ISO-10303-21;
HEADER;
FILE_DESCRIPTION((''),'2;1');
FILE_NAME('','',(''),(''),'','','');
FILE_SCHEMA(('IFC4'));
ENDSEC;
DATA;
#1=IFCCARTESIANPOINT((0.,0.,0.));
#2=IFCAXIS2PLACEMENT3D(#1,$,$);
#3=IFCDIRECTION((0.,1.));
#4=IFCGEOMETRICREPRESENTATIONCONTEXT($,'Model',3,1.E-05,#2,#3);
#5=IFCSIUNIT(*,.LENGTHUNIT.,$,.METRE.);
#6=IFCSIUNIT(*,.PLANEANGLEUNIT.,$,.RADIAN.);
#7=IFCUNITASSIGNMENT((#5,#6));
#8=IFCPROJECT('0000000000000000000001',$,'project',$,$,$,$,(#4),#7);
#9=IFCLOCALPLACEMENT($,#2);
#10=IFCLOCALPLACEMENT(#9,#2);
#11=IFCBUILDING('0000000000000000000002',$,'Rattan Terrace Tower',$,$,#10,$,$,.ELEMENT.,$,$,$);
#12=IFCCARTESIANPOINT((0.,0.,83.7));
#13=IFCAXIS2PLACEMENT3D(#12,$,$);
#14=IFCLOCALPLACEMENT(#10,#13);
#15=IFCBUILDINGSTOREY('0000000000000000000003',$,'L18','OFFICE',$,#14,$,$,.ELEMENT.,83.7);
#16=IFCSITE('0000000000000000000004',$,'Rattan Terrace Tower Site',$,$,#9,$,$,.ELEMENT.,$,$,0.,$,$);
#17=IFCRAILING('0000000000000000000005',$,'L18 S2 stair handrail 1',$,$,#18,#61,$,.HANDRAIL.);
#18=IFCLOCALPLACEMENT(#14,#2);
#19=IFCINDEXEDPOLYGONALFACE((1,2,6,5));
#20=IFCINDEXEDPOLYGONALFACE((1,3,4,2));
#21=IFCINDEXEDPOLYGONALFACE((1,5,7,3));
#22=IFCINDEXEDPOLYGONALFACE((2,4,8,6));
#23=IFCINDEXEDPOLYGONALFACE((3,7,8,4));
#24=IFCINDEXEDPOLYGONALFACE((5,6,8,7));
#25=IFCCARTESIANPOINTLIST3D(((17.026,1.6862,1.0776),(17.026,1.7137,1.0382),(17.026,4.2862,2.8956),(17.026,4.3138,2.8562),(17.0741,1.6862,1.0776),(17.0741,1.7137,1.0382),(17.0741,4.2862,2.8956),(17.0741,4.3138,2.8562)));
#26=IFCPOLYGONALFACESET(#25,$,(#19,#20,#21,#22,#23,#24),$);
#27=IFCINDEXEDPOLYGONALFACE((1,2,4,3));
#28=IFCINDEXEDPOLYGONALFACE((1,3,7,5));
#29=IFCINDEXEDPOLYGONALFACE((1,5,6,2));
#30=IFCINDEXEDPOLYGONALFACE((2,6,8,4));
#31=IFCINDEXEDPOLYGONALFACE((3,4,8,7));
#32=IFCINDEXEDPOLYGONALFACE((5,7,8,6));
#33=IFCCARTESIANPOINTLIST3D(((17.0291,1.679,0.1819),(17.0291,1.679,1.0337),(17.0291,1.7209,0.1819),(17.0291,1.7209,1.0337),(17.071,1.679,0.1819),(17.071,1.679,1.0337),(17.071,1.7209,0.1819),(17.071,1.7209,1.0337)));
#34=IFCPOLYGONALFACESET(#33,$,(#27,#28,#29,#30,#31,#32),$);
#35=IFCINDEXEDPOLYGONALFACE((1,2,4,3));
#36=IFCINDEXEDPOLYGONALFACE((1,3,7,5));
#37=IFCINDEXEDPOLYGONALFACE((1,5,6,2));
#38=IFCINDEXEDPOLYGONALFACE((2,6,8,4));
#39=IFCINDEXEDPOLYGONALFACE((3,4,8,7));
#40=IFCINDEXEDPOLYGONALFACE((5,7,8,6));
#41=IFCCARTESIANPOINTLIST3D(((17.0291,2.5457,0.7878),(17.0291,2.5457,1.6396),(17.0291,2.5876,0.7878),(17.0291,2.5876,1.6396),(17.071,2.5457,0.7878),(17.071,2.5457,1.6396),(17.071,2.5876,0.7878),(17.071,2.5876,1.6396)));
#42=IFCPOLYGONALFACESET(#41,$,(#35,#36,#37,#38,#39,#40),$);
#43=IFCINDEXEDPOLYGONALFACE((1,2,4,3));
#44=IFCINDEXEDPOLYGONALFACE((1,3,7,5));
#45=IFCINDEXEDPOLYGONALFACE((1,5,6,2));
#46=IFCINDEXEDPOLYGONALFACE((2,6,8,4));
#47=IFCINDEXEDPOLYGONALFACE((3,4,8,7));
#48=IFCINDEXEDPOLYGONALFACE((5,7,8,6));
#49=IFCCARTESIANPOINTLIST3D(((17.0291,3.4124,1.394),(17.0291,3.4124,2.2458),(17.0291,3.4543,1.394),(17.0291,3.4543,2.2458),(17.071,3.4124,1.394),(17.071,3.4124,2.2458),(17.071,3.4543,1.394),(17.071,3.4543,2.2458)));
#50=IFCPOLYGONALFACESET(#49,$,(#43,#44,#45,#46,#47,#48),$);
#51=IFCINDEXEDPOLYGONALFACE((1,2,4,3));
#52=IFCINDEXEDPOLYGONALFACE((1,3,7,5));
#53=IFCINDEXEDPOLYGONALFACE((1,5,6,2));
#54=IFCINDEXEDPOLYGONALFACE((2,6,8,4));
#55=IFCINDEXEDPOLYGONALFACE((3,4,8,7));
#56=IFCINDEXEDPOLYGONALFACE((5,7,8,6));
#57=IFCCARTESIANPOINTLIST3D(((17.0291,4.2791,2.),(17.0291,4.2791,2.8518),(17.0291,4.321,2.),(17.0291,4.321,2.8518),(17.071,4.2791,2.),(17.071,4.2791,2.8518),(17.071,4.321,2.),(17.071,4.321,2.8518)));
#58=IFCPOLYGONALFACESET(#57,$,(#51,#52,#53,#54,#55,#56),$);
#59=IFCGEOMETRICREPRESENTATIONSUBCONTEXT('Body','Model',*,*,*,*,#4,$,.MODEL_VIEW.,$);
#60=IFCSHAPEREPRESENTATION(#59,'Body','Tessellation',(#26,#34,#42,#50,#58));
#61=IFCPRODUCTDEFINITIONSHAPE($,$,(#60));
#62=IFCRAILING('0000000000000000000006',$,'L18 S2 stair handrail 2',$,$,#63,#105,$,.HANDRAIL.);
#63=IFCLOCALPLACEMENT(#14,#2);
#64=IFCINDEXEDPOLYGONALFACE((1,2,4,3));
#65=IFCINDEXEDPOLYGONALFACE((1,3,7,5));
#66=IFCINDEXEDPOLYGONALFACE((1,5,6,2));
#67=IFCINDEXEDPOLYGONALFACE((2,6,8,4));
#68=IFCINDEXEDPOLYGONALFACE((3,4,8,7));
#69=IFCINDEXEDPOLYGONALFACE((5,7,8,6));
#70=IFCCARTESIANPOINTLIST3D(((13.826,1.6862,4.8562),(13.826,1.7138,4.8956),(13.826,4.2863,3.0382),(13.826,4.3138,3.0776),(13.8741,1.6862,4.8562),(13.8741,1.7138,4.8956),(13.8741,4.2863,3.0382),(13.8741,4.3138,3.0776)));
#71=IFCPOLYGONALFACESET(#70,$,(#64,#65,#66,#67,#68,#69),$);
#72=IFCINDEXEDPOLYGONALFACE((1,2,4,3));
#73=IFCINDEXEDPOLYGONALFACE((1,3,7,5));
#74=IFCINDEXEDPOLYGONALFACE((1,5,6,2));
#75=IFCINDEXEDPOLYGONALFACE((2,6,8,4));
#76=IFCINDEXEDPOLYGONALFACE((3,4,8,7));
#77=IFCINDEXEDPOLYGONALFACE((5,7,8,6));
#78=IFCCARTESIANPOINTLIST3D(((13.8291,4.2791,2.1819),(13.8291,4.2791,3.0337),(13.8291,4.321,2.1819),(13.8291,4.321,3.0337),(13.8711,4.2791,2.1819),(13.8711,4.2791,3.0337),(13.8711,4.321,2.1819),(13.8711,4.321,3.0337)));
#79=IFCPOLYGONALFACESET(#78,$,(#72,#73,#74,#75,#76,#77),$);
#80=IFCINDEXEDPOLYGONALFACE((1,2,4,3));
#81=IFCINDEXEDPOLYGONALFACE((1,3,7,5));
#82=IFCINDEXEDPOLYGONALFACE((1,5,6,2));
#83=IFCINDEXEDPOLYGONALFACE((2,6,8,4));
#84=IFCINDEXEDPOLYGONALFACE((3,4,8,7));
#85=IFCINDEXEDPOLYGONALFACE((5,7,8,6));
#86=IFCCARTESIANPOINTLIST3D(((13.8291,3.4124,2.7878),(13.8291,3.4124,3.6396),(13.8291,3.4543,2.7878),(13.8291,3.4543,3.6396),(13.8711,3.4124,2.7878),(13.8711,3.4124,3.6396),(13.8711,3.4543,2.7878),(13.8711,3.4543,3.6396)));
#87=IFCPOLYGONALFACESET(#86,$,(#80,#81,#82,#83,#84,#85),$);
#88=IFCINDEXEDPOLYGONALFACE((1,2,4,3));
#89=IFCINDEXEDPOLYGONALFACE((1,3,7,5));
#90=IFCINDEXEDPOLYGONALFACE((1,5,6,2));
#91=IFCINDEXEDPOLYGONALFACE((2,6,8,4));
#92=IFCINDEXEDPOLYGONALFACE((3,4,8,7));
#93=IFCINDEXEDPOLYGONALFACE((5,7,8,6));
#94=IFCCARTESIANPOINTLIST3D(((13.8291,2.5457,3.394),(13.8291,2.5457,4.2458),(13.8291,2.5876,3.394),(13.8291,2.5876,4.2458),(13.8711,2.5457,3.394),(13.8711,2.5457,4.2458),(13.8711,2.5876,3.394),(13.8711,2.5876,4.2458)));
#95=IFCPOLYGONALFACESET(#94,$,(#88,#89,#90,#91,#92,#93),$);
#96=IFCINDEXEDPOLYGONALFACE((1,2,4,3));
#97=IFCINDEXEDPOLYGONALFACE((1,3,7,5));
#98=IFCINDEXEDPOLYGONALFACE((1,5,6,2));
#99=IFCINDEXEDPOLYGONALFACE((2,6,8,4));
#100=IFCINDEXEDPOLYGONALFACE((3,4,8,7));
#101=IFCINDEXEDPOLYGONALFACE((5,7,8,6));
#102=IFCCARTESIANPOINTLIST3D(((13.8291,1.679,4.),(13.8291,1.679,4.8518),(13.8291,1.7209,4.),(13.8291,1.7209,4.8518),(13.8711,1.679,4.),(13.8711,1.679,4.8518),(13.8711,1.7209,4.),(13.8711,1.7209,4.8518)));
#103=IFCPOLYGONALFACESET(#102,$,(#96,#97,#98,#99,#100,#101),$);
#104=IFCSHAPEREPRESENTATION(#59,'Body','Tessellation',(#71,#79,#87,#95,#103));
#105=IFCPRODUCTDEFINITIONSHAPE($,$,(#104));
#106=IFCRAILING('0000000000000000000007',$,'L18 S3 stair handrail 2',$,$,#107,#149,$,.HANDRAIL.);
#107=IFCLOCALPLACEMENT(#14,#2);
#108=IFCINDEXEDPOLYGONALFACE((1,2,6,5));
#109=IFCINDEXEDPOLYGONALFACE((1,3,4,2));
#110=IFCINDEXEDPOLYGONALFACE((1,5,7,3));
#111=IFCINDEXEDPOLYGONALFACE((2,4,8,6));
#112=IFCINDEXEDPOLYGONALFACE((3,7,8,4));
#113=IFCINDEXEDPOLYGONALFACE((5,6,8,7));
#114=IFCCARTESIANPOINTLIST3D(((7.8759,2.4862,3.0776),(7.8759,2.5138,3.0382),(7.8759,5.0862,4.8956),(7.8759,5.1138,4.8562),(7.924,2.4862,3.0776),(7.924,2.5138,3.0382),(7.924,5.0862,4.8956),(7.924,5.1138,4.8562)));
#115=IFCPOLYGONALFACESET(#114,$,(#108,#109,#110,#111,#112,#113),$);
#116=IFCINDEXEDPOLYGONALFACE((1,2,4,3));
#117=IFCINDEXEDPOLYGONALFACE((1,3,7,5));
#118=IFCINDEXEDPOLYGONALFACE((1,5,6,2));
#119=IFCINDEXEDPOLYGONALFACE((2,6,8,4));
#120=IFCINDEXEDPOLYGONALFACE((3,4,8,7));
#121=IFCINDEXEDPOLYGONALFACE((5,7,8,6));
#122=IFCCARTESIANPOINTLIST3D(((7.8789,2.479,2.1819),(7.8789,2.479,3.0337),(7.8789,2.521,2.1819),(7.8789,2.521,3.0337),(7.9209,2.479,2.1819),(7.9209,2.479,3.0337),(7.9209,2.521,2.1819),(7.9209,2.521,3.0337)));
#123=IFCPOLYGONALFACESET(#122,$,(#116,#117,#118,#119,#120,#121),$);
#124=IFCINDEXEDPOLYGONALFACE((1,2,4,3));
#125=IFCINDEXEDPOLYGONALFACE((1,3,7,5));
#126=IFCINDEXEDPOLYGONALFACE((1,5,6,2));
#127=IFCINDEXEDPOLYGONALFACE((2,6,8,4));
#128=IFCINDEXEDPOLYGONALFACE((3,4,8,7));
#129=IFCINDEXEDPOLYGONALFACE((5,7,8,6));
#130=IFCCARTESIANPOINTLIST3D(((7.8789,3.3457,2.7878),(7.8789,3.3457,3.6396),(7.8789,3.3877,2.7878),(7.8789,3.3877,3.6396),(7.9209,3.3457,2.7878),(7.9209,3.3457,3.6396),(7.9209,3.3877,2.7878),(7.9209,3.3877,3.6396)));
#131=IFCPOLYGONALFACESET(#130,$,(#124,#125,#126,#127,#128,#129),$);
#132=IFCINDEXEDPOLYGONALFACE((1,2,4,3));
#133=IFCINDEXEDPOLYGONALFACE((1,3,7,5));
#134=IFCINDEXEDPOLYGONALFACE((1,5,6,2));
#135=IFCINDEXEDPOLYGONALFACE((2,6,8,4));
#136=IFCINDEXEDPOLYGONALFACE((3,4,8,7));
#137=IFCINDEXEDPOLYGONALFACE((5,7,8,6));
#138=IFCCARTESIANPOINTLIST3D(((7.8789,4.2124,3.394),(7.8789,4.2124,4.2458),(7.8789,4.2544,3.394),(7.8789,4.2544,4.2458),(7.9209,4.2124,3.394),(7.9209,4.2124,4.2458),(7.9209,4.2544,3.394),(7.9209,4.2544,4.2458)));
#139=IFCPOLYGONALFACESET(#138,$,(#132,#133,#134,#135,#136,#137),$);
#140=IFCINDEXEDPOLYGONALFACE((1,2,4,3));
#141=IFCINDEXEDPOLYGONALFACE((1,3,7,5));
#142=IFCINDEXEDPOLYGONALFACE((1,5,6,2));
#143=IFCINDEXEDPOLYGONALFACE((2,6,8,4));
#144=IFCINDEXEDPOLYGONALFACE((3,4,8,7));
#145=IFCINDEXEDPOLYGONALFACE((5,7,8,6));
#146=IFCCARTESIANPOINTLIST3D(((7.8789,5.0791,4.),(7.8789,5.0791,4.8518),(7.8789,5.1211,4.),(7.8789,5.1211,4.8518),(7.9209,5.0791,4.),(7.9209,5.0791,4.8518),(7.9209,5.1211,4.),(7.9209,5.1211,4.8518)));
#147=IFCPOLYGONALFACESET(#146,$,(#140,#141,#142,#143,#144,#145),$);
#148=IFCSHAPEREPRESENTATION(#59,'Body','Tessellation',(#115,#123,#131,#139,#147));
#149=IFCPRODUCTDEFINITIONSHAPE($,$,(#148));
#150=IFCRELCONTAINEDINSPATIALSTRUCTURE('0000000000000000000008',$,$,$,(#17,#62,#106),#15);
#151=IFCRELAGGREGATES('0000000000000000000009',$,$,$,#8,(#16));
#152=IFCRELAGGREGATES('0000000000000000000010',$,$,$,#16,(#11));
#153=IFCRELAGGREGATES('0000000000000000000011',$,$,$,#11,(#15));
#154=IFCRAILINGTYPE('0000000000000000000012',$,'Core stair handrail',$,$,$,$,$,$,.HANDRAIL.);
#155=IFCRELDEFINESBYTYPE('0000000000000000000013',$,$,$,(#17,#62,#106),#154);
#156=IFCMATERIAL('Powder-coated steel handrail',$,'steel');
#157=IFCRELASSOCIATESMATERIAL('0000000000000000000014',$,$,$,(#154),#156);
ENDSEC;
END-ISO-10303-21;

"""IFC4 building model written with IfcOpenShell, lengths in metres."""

from ifc_helpers import new_model, si_unit, direction, frame, origin, origin_2d, place, context, subcontext, project, spatial, rectangle, extrude, material, type_object, element, save


model = new_model("IFC4")

# Units and contexts
model_context = context("Model", 3, precision=1e-05, world=origin(), true_north=direction((0.0, 1.0)))
body_context = subcontext(model_context, "Body", "Model", "MODEL_VIEW")
ifc_project = project(units=[si_unit("LENGTHUNIT", "METRE"), si_unit("PLANEANGLEUNIT", "RADIAN")], contexts=[model_context])

# Site, building, storey
site_placement = place(None, origin())
site = spatial("IfcSite", under=ifc_project, at=site_placement, Name="Rattan Terrace Tower Site", CompositionType="ELEMENT", RefElevation=0.0)
building_placement = place(site_placement, origin())
building = spatial("IfcBuilding", under=site, at=building_placement, Name="Rattan Terrace Tower", CompositionType="ELEMENT")
storey_placement = place(building_placement, frame((0.0, 0.0, 83.7)))
storey = spatial("IfcBuildingStorey", under=building, at=storey_placement, Name="L18", Description="OFFICE", CompositionType="ELEMENT", Elevation=83.7)

# Railings
ifc_material_1 = material(Name="Powder-coated steel handrail", Category="steel")
railing_type_1 = type_object("IfcRailingType", Name="Core stair handrail", PredefinedType="HANDRAIL", material=ifc_material_1)
railing_1_placement = place(storey_placement, frame((17.05, 1.7, 0.1819)))
element("IfcRailing", 1, at=railing_1_placement, inside=storey, type_object=railing_type_1, Name="L18 S2 stair handrail 1", PredefinedType="HANDRAIL", context=body_context, shape_type="SweptSolid", body=[
    extrude(rectangle(XDim=0.0481, YDim=0.0481, at=origin_2d()), frame((0.0, 0.0, 0.876), z_axis=(0.0, 0.819521, 0.573049), x_axis=(-1.0, 0.0, 0.0)), (0.0, 0.0, 1.0), 3.1726),
    extrude(rectangle(XDim=0.042, YDim=0.042, at=origin_2d()), origin(), (0.0, 0.0, 1.0), 0.8518),
    extrude(rectangle(XDim=0.042, YDim=0.042, at=origin_2d()), frame((0.0, 0.8667, 0.606)), (0.0, 0.0, 1.0), 0.8518),
    extrude(rectangle(XDim=0.042, YDim=0.042, at=origin_2d()), frame((0.0, 1.7334, 1.2122)), (0.0, 0.0, 1.0), 0.8518),
    extrude(rectangle(XDim=0.042, YDim=0.042, at=origin_2d()), frame((0.0, 2.6001, 1.8181)), (0.0, 0.0, 1.0), 0.8518),
])
railing_2_placement = place(storey_placement, frame((13.8501, 4.3, 2.1819)))
element("IfcRailing", 2, at=railing_2_placement, inside=storey, type_object=railing_type_1, Name="L18 S2 stair handrail 2", PredefinedType="HANDRAIL", context=body_context, shape_type="SweptSolid", body=[
    extrude(rectangle(XDim=0.0481, YDim=0.0481, at=origin_2d()), frame((0.0, 0.0, 0.876), z_axis=(0.0, -0.819521, 0.573049), x_axis=(1.0, 0.0, 0.0)), (0.0, 0.0, 1.0), 3.1726),
    extrude(rectangle(XDim=0.042, YDim=0.042, at=origin_2d()), origin(), (0.0, 0.0, 1.0), 0.8518),
    extrude(rectangle(XDim=0.042, YDim=0.042, at=origin_2d()), frame((0.0, -0.8667, 0.606)), (0.0, 0.0, 1.0), 0.8518),
    extrude(rectangle(XDim=0.042, YDim=0.042, at=origin_2d()), frame((0.0, -1.7334, 1.2122)), (0.0, 0.0, 1.0), 0.8518),
    extrude(rectangle(XDim=0.042, YDim=0.042, at=origin_2d()), frame((0.0, -2.6001, 1.8181)), (0.0, 0.0, 1.0), 0.8518),
])
railing_3_placement = place(storey_placement, frame((7.8999, 2.5, 2.1819)))
element("IfcRailing", 3, at=railing_3_placement, inside=storey, type_object=railing_type_1, Name="L18 S3 stair handrail 2", PredefinedType="HANDRAIL", context=body_context, shape_type="SweptSolid", body=[
    extrude(rectangle(XDim=0.0481, YDim=0.0481, at=origin_2d()), frame((0.0, 0.0, 0.876), z_axis=(0.0, 0.819521, 0.573049), x_axis=(-1.0, 0.0, 0.0)), (0.0, 0.0, 1.0), 3.1726),
    extrude(rectangle(XDim=0.042, YDim=0.042, at=origin_2d()), origin(), (0.0, 0.0, 1.0), 0.8518),
    extrude(rectangle(XDim=0.042, YDim=0.042, at=origin_2d()), frame((0.0, 0.8667, 0.606)), (0.0, 0.0, 1.0), 0.8518),
    extrude(rectangle(XDim=0.042, YDim=0.042, at=origin_2d()), frame((0.0, 1.7334, 1.2122)), (0.0, 0.0, 1.0), 0.8518),
    extrude(rectangle(XDim=0.042, YDim=0.042, at=origin_2d()), frame((0.0, 2.6001, 1.8181)), (0.0, 0.0, 1.0), 0.8518),
])

save(model, "model.ifc")
